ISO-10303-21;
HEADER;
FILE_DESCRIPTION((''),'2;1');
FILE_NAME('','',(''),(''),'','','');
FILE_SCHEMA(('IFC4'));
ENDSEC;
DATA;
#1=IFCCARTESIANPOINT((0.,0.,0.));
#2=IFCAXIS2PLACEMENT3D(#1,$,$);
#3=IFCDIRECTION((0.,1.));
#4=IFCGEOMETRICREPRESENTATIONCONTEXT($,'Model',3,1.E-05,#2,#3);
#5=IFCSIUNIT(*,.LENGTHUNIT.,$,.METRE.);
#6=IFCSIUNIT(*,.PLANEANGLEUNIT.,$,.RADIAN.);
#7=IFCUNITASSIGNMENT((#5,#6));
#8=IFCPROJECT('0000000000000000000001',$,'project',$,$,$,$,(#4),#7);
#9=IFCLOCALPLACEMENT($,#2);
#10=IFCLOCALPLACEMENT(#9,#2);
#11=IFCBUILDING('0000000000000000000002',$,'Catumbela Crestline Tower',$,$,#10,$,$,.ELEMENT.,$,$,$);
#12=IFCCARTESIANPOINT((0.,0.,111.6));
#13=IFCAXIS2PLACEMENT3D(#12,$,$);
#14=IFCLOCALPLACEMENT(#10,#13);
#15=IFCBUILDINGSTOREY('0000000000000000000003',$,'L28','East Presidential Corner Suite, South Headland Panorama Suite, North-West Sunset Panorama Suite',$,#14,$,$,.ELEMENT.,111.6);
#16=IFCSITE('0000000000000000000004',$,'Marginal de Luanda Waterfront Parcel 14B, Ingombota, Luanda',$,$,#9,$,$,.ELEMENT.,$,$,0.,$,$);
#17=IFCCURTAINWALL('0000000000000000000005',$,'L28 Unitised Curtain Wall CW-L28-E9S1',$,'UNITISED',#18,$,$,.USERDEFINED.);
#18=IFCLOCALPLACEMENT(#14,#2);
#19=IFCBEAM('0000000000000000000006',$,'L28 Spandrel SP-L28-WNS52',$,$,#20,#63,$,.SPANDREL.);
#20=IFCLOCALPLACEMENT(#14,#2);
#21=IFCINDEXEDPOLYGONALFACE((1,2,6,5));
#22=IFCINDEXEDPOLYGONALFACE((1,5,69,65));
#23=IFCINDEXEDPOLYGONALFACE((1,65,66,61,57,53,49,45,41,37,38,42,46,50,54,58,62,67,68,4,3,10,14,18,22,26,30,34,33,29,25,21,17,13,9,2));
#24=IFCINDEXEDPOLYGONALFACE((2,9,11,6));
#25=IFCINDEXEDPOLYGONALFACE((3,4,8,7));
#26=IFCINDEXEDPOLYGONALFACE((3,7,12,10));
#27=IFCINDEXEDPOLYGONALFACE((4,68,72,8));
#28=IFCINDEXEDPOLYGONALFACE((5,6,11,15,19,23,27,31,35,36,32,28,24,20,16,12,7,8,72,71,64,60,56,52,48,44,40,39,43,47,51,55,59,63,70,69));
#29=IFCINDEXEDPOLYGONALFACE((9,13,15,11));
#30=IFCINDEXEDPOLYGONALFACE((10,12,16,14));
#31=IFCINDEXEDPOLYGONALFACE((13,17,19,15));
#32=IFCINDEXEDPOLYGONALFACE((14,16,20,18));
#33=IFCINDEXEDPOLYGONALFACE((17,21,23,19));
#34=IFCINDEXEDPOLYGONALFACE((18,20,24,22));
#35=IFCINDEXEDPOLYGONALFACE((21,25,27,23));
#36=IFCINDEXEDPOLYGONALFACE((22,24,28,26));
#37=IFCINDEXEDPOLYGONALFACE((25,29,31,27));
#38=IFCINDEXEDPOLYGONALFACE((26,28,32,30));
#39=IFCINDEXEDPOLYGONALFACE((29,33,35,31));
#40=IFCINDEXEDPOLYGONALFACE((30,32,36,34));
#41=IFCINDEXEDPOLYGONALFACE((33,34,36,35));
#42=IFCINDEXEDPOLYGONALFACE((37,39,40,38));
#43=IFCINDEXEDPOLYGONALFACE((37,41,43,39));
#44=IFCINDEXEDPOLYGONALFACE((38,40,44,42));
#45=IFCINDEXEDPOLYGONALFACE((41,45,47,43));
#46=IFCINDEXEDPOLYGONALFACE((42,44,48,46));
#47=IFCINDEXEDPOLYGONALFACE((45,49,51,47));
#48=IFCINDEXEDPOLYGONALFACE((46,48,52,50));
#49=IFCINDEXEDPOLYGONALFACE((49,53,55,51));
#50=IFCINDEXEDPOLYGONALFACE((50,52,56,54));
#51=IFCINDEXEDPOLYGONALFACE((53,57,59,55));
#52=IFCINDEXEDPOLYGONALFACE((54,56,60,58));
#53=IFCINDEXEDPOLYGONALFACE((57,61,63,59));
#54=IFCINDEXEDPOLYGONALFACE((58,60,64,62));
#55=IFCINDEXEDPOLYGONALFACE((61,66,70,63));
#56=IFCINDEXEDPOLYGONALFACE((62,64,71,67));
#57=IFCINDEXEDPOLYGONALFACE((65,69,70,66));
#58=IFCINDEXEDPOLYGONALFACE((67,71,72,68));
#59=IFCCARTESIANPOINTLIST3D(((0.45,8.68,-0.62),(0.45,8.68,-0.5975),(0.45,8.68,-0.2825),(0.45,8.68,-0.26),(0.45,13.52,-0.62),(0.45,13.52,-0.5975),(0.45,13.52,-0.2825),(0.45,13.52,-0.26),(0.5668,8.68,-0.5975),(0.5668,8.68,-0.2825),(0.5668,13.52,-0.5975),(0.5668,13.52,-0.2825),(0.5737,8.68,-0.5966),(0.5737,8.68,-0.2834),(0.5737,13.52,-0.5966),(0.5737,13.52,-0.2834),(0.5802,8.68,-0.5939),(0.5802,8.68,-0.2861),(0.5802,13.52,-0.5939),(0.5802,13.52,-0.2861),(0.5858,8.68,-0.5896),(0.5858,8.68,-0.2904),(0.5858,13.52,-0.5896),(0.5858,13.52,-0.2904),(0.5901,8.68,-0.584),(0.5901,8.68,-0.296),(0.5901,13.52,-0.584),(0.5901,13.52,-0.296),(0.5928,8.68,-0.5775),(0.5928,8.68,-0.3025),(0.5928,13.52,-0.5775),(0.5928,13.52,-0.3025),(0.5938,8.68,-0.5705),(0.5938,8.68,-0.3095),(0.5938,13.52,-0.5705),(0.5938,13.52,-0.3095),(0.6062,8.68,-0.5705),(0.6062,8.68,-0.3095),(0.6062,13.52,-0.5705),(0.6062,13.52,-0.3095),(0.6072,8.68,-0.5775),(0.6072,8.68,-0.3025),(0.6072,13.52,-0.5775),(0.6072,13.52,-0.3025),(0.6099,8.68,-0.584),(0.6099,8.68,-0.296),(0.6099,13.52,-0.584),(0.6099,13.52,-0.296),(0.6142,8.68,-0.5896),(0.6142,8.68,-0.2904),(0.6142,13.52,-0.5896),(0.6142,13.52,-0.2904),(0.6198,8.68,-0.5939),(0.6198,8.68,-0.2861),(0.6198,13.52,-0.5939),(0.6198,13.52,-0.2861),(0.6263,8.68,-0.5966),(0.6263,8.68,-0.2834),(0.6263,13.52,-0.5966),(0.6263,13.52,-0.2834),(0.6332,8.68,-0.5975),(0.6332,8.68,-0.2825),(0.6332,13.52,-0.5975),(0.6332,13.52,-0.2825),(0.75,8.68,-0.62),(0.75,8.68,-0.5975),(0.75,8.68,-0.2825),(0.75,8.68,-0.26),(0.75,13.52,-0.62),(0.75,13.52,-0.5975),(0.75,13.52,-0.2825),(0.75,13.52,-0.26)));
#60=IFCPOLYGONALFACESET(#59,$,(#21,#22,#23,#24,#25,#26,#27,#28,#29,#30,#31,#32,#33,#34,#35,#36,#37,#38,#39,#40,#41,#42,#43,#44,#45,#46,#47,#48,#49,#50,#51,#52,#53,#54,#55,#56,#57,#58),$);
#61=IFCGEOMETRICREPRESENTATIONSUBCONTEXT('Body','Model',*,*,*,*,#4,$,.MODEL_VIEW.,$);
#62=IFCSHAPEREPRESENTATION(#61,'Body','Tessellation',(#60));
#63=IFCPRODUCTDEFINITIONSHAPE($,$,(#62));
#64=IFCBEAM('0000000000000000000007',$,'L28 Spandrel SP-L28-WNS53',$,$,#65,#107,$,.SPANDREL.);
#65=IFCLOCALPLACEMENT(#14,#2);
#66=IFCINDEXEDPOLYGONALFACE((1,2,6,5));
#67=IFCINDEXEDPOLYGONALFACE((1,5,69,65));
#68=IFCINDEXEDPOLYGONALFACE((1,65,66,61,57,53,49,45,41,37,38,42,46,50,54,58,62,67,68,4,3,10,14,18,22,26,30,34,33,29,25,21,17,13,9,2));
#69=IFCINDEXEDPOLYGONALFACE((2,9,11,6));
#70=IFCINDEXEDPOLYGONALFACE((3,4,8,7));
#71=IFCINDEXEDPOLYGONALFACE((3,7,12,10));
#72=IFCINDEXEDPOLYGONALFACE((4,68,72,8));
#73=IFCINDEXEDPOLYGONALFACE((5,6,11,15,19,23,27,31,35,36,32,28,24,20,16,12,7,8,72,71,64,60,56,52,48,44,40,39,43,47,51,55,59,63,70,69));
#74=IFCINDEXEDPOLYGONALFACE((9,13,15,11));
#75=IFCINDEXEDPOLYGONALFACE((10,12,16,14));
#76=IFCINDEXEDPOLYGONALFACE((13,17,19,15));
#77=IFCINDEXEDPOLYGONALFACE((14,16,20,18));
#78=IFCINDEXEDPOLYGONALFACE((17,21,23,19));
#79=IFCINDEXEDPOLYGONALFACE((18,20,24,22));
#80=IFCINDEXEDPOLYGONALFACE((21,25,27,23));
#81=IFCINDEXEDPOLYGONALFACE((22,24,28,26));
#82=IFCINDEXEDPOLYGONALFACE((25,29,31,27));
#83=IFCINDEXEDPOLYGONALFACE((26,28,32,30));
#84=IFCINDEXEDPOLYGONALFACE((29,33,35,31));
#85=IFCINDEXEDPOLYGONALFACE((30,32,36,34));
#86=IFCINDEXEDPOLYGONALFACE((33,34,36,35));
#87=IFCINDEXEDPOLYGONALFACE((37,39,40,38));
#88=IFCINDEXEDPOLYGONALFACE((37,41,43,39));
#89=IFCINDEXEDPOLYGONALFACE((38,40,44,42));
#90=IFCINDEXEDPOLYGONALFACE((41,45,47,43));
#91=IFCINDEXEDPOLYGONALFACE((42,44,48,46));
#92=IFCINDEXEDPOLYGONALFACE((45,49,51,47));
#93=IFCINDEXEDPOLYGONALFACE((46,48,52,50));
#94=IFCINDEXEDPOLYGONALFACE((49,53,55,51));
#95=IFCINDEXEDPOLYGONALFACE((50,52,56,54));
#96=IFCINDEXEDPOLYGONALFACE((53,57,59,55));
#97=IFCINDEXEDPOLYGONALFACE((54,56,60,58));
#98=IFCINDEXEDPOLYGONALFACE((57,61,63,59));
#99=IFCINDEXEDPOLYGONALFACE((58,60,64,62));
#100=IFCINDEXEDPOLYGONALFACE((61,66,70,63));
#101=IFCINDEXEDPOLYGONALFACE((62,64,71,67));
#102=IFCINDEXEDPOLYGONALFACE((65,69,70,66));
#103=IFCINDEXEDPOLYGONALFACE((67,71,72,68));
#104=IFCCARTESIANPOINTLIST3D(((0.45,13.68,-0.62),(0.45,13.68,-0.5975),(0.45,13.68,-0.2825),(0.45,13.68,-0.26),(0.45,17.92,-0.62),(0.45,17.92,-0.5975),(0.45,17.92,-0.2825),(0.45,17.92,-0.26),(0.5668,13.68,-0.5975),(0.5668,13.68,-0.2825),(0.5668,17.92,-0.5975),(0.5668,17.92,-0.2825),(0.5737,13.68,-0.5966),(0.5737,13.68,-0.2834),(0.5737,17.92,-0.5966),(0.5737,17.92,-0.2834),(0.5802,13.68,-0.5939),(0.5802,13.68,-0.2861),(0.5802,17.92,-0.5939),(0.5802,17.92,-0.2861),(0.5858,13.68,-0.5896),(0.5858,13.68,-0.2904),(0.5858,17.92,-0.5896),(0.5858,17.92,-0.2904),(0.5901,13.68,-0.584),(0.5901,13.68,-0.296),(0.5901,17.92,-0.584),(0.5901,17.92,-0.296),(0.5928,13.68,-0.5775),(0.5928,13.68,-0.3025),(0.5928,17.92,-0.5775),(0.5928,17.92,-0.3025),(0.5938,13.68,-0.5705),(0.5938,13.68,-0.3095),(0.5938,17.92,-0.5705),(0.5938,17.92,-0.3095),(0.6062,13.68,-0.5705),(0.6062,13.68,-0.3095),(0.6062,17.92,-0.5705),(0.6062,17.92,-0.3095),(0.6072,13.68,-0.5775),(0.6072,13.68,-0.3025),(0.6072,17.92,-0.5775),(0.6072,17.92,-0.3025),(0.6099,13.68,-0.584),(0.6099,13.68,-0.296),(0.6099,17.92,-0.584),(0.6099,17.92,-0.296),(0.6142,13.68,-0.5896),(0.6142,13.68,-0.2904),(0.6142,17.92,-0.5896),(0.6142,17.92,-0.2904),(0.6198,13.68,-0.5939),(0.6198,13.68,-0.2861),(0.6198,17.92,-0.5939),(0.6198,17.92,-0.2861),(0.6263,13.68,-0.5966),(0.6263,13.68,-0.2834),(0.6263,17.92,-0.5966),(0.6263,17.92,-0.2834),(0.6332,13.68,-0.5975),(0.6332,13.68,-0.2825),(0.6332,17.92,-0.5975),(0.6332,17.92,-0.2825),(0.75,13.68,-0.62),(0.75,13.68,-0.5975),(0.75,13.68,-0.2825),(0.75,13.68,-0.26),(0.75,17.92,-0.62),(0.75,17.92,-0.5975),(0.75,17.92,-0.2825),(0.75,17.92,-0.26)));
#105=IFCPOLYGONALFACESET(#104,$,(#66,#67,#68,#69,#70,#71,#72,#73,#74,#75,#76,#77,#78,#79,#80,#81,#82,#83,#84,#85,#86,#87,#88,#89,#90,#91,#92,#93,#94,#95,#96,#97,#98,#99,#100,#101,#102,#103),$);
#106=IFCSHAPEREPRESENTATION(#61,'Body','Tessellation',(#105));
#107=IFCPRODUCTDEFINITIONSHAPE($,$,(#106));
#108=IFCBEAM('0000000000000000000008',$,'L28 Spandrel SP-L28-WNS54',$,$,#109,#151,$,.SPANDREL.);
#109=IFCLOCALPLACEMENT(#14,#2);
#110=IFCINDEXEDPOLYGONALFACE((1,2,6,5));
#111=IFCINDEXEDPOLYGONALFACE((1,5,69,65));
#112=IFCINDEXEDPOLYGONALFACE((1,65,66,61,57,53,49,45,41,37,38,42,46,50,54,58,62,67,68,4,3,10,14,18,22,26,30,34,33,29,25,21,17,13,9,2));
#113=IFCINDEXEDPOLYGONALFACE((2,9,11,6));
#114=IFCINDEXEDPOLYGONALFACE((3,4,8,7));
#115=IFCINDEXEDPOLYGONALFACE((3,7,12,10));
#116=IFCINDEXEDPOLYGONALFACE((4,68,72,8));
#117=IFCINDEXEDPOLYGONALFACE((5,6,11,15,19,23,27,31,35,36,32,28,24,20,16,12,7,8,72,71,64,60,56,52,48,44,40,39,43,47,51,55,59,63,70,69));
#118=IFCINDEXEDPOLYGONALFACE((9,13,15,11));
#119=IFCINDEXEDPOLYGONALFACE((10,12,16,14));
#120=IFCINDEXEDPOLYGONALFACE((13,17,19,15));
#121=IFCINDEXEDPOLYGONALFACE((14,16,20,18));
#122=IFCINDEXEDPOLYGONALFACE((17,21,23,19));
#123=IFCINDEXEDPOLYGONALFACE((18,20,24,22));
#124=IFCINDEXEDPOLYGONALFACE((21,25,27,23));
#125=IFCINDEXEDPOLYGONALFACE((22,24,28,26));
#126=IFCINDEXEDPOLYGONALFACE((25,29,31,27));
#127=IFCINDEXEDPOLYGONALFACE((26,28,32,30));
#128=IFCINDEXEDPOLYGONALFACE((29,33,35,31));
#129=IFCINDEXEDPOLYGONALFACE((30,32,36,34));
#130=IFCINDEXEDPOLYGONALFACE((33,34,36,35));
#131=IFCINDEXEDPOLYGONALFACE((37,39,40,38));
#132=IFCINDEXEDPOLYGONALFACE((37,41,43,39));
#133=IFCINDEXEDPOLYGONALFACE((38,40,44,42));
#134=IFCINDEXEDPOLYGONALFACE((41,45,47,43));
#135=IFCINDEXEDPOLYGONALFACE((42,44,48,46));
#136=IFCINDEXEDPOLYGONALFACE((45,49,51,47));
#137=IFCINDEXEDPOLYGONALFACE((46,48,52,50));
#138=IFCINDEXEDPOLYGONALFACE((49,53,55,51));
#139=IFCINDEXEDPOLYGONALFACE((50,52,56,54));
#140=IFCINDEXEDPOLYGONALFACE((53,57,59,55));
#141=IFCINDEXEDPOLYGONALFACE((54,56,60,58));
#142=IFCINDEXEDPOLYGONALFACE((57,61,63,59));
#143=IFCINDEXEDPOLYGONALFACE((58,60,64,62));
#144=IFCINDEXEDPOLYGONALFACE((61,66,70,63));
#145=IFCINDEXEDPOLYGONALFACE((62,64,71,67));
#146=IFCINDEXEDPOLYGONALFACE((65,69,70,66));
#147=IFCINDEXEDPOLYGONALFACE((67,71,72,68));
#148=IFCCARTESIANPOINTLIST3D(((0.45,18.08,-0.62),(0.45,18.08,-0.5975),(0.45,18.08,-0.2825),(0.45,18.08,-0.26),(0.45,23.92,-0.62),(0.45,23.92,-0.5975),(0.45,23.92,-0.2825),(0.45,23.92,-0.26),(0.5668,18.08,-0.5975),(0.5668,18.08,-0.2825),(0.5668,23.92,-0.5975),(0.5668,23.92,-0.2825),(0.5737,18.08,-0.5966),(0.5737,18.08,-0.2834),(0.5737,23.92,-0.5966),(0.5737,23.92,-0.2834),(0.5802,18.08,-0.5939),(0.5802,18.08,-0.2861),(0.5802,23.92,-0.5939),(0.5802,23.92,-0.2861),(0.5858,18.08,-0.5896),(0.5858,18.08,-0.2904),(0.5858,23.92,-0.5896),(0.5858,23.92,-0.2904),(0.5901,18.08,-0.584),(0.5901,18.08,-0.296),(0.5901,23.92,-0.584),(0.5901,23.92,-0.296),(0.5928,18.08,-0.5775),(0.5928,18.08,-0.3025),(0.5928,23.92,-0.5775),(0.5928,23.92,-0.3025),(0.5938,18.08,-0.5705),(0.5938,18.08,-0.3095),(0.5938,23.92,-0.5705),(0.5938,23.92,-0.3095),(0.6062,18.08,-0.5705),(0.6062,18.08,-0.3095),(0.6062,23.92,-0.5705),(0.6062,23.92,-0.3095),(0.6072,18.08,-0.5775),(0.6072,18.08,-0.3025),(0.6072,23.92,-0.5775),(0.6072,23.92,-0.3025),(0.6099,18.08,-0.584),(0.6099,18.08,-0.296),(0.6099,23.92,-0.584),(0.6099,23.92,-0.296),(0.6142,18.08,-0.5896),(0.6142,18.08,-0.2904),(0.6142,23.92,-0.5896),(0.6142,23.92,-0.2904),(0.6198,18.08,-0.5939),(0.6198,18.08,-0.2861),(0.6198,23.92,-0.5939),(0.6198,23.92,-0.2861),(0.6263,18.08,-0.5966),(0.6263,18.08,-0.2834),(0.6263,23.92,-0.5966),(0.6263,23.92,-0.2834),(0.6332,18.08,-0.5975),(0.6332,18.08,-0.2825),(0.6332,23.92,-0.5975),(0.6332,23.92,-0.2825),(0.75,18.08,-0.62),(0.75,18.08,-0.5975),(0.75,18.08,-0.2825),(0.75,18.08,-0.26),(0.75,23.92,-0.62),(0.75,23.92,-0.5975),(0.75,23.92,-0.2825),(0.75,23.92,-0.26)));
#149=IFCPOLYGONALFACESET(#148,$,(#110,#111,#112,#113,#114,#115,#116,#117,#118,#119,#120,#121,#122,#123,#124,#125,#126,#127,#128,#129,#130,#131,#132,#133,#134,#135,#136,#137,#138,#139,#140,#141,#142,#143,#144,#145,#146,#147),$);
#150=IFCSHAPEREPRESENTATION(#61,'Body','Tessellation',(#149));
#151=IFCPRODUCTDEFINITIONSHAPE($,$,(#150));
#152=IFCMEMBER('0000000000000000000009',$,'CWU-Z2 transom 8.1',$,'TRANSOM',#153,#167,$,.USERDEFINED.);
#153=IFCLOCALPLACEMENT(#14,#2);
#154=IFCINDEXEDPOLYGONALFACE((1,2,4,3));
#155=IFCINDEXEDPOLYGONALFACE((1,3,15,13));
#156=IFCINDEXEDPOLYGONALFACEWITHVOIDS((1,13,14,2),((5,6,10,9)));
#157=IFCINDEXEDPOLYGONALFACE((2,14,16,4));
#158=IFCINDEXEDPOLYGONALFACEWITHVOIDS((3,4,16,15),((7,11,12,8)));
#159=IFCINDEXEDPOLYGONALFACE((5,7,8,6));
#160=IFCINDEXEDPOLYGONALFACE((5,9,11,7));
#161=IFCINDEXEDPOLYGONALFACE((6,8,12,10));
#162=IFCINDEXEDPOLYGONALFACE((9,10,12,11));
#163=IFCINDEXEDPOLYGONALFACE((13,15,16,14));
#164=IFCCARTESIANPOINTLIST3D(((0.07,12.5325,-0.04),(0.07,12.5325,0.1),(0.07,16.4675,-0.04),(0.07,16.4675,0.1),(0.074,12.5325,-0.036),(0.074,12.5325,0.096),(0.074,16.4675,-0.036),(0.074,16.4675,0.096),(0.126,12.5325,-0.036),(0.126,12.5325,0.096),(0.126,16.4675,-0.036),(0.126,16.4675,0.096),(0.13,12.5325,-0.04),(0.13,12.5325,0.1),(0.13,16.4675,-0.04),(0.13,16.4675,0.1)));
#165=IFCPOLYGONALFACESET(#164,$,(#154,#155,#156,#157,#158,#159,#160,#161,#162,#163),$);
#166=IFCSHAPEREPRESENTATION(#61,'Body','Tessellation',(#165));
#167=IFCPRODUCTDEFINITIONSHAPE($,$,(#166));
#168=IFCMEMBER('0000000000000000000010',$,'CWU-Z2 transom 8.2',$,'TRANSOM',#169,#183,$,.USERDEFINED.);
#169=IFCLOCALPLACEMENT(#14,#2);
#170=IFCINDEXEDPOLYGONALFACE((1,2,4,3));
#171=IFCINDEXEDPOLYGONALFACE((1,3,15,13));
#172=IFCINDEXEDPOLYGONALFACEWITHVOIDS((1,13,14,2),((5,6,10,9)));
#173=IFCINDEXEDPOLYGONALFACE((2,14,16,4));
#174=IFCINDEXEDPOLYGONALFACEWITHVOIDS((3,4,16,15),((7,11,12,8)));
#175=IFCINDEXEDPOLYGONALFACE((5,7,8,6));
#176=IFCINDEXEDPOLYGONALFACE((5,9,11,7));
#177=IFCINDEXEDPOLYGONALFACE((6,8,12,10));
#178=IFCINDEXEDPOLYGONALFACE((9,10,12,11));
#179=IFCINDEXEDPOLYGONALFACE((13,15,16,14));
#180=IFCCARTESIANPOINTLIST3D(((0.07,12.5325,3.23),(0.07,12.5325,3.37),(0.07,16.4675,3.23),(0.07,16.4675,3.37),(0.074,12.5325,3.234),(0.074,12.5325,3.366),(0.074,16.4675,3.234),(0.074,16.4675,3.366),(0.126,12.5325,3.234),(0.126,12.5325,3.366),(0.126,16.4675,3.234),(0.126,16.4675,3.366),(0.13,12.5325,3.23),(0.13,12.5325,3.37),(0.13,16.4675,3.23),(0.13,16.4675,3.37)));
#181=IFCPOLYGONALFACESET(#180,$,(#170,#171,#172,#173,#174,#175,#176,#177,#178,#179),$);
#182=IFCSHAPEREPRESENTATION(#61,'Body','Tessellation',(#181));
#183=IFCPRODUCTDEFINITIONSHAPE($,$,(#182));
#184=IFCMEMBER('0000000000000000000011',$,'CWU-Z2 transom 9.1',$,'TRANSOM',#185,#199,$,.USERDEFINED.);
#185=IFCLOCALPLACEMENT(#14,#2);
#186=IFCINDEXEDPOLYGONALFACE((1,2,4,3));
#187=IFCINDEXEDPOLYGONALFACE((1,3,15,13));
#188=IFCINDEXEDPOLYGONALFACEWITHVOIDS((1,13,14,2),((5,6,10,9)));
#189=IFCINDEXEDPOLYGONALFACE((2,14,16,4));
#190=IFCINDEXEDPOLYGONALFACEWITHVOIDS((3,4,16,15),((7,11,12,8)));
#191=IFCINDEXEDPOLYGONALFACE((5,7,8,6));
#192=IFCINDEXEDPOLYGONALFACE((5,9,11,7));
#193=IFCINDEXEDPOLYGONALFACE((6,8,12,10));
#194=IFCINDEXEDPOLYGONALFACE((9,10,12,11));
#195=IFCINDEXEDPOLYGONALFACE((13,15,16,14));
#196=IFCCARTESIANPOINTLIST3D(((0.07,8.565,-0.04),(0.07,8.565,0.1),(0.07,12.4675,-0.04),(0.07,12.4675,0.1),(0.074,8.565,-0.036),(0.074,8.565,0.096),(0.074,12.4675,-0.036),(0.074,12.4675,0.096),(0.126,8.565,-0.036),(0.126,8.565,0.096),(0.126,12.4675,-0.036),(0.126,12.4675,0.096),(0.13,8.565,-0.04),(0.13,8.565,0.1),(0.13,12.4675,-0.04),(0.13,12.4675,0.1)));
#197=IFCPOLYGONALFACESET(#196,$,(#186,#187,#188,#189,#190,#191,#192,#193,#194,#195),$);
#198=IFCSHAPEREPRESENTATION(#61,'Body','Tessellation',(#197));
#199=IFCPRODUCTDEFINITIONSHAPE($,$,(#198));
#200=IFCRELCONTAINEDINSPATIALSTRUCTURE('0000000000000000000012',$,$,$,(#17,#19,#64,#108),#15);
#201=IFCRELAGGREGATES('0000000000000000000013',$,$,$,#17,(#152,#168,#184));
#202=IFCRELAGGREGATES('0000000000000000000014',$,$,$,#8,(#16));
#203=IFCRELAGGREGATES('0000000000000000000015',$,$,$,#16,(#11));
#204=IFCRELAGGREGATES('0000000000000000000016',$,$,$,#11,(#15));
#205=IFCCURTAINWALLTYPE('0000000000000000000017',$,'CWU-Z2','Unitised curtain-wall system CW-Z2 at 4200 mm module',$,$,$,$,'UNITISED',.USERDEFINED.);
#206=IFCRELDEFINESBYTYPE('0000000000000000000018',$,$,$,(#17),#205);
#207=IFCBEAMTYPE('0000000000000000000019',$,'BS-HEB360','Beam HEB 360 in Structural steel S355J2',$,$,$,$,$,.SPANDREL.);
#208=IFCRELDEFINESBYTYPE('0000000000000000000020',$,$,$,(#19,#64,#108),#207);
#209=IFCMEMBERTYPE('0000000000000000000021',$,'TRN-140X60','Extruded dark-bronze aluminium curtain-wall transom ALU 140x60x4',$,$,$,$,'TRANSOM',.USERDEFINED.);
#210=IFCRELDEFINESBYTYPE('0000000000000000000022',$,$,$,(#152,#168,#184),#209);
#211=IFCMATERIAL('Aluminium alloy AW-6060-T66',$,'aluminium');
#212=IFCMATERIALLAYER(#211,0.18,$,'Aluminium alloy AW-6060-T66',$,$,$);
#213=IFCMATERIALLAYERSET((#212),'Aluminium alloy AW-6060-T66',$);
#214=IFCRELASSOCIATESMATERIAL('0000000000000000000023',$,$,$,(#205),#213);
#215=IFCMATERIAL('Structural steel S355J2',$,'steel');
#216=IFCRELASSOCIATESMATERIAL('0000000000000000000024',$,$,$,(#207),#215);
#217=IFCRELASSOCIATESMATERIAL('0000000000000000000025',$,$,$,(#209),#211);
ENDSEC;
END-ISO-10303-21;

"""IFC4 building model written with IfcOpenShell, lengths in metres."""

from ifc_helpers import new_model, si_unit, direction, frame, origin, origin_2d, place, context, subcontext, project, spatial, hollow_rectangle, i_section, extrude, material, layer, layer_set, material_profile, profile_set, type_object, element, aggregate, save


model = new_model("IFC4")

# Units and contexts
model_context = context("Model", 3, precision=1e-05, world=origin(), true_north=direction((0.0, 1.0)))
body_context = subcontext(model_context, "Body", "Model", "MODEL_VIEW")
ifc_project = project(units=[si_unit("LENGTHUNIT", "METRE"), si_unit("PLANEANGLEUNIT", "RADIAN")], contexts=[model_context])

# Site, building, storey
site_placement = place(None, origin())
site = spatial("IfcSite", under=ifc_project, at=site_placement, Name="Marginal de Luanda Waterfront Parcel 14B, Ingombota, Luanda", CompositionType="ELEMENT", RefElevation=0.0)
building_placement = place(site_placement, origin())
building = spatial("IfcBuilding", under=site, at=building_placement, Name="Catumbela Crestline Tower", CompositionType="ELEMENT")
storey_placement = place(building_placement, frame((0.0, 0.0, 111.6)))
storey = spatial("IfcBuildingStorey", under=building, at=storey_placement, Name="L28", Description="East Presidential Corner Suite, South Headland Panorama Suite, North-West Sunset Panorama Suite", CompositionType="ELEMENT", Elevation=111.6)

# Shared definitions
ifc_material_1 = material(Name="Structural steel S355J2", Category="steel")

# Curtain wall
ifc_material_2 = material(Name="Aluminium alloy AW-6060-T66", Category="aluminium")
ifc_layer_1 = layer(ifc_material_2, 0.18, Name="Aluminium alloy AW-6060-T66")
ifc_layer_set_1 = layer_set([ifc_layer_1], Name="Aluminium alloy AW-6060-T66")
curtain_wall_type = type_object("IfcCurtainWallType", Name="CWU-Z2", Description="Unitised curtain-wall system CW-Z2 at 4200 mm module", ElementType="UNITISED", PredefinedType="USERDEFINED", material=ifc_layer_set_1)
curtain_wall_placement = place(storey_placement, origin())
curtain_wall = element("IfcCurtainWall", 1, at=curtain_wall_placement, inside=storey, type_object=curtain_wall_type, Name="L28 Unitised Curtain Wall CW-L28-E9S1", ObjectType="UNITISED", PredefinedType="USERDEFINED")

# Beams
ifc_material_profile_1 = material_profile(ifc_material_1, i_section(OverallWidth=0.3, OverallDepth=0.36, WebThickness=0.0125, FlangeThickness=0.0225, FilletRadius=0.027, at=origin_2d()), Name="HEB 360")
ifc_profile_set_1 = profile_set([ifc_material_profile_1], Name="Structural steel S355J2")
beam_type_1 = type_object("IfcBeamType", Name="BS-HEB360", Description="Beam HEB 360 in Structural steel S355J2", PredefinedType="SPANDREL", material=ifc_profile_set_1)
beam_1_placement = place(storey_placement, frame((0.6, 8.68, -0.44), z_axis=(0.0, 1.0, 0.0), x_axis=(-1.0, 0.0, 0.0)))
element("IfcBeam", 2, at=beam_1_placement, inside=storey, type_object=beam_type_1, Name="L28 Spandrel SP-L28-WNS52", PredefinedType="SPANDREL", context=body_context, shape_type="SweptSolid", body=[
    extrude(i_section(OverallWidth=0.3, OverallDepth=0.36, WebThickness=0.0125, FlangeThickness=0.0225, FilletRadius=0.027, at=origin_2d()), origin(), (0.0, 0.0, 1.0), 4.84),
])
beam_2_placement = place(storey_placement, frame((0.6, 13.68, -0.44), z_axis=(0.0, 1.0, 0.0), x_axis=(-1.0, 0.0, 0.0)))
element("IfcBeam", 3, at=beam_2_placement, inside=storey, type_object=beam_type_1, Name="L28 Spandrel SP-L28-WNS53", PredefinedType="SPANDREL", context=body_context, shape_type="SweptSolid", body=[
    extrude(i_section(OverallWidth=0.3, OverallDepth=0.36, WebThickness=0.0125, FlangeThickness=0.0225, FilletRadius=0.027, at=origin_2d()), origin(), (0.0, 0.0, 1.0), 4.24),
])
beam_3_placement = place(storey_placement, frame((0.6, 18.08, -0.44), z_axis=(0.0, 1.0, 0.0), x_axis=(-1.0, 0.0, 0.0)))
element("IfcBeam", 4, at=beam_3_placement, inside=storey, type_object=beam_type_1, Name="L28 Spandrel SP-L28-WNS54", PredefinedType="SPANDREL", context=body_context, shape_type="SweptSolid", body=[
    extrude(i_section(OverallWidth=0.3, OverallDepth=0.36, WebThickness=0.0125, FlangeThickness=0.0225, FilletRadius=0.027, at=origin_2d()), origin(), (0.0, 0.0, 1.0), 5.84),
])

# Members
ifc_material_profile_2 = material_profile(ifc_material_2, hollow_rectangle(XDim=0.06, YDim=0.14, WallThickness=0.004, at=origin_2d()), Name="ALU 140x60x4")
ifc_profile_set_2 = profile_set([ifc_material_profile_2], Name="Aluminium alloy AW-6060-T66")
member_type_1 = type_object("IfcMemberType", Name="TRN-140X60", Description="Extruded dark-bronze aluminium curtain-wall transom ALU 140x60x4", ElementType="TRANSOM", PredefinedType="USERDEFINED", material=ifc_profile_set_2)
member_1_placement = place(storey_placement, frame((0.1, 16.4675, 0.03), z_axis=(0.0, -1.0, 0.0), x_axis=(1.0, 0.0, 0.0)))
member_1 = element("IfcMember", 5, at=member_1_placement, type_object=member_type_1, Name="CWU-Z2 transom 8.1", ObjectType="TRANSOM", PredefinedType="USERDEFINED", context=body_context, shape_type="SweptSolid", body=[
    extrude(hollow_rectangle(XDim=0.06, YDim=0.14, WallThickness=0.004, at=origin_2d()), origin(), (0.0, 0.0, 1.0), 3.935),
])
member_2_placement = place(storey_placement, frame((0.1, 16.4675, 3.3), z_axis=(0.0, -1.0, 0.0), x_axis=(1.0, 0.0, 0.0)))
member_2 = element("IfcMember", 6, at=member_2_placement, type_object=member_type_1, Name="CWU-Z2 transom 8.2", ObjectType="TRANSOM", PredefinedType="USERDEFINED", context=body_context, shape_type="SweptSolid", body=[
    extrude(hollow_rectangle(XDim=0.06, YDim=0.14, WallThickness=0.004, at=origin_2d()), origin(), (0.0, 0.0, 1.0), 3.935),
])
member_3_placement = place(storey_placement, frame((0.1, 12.4675, 0.03), z_axis=(0.0, -1.0, 0.0), x_axis=(1.0, 0.0, 0.0)))
member_3 = element("IfcMember", 7, at=member_3_placement, type_object=member_type_1, Name="CWU-Z2 transom 9.1", ObjectType="TRANSOM", PredefinedType="USERDEFINED", context=body_context, shape_type="SweptSolid", body=[
    extrude(hollow_rectangle(XDim=0.06, YDim=0.14, WallThickness=0.004, at=origin_2d()), origin(), (0.0, 0.0, 1.0), 3.9025),
])

aggregate(curtain_wall, [member_1, member_2, member_3])

save(model, "model.ifc")
